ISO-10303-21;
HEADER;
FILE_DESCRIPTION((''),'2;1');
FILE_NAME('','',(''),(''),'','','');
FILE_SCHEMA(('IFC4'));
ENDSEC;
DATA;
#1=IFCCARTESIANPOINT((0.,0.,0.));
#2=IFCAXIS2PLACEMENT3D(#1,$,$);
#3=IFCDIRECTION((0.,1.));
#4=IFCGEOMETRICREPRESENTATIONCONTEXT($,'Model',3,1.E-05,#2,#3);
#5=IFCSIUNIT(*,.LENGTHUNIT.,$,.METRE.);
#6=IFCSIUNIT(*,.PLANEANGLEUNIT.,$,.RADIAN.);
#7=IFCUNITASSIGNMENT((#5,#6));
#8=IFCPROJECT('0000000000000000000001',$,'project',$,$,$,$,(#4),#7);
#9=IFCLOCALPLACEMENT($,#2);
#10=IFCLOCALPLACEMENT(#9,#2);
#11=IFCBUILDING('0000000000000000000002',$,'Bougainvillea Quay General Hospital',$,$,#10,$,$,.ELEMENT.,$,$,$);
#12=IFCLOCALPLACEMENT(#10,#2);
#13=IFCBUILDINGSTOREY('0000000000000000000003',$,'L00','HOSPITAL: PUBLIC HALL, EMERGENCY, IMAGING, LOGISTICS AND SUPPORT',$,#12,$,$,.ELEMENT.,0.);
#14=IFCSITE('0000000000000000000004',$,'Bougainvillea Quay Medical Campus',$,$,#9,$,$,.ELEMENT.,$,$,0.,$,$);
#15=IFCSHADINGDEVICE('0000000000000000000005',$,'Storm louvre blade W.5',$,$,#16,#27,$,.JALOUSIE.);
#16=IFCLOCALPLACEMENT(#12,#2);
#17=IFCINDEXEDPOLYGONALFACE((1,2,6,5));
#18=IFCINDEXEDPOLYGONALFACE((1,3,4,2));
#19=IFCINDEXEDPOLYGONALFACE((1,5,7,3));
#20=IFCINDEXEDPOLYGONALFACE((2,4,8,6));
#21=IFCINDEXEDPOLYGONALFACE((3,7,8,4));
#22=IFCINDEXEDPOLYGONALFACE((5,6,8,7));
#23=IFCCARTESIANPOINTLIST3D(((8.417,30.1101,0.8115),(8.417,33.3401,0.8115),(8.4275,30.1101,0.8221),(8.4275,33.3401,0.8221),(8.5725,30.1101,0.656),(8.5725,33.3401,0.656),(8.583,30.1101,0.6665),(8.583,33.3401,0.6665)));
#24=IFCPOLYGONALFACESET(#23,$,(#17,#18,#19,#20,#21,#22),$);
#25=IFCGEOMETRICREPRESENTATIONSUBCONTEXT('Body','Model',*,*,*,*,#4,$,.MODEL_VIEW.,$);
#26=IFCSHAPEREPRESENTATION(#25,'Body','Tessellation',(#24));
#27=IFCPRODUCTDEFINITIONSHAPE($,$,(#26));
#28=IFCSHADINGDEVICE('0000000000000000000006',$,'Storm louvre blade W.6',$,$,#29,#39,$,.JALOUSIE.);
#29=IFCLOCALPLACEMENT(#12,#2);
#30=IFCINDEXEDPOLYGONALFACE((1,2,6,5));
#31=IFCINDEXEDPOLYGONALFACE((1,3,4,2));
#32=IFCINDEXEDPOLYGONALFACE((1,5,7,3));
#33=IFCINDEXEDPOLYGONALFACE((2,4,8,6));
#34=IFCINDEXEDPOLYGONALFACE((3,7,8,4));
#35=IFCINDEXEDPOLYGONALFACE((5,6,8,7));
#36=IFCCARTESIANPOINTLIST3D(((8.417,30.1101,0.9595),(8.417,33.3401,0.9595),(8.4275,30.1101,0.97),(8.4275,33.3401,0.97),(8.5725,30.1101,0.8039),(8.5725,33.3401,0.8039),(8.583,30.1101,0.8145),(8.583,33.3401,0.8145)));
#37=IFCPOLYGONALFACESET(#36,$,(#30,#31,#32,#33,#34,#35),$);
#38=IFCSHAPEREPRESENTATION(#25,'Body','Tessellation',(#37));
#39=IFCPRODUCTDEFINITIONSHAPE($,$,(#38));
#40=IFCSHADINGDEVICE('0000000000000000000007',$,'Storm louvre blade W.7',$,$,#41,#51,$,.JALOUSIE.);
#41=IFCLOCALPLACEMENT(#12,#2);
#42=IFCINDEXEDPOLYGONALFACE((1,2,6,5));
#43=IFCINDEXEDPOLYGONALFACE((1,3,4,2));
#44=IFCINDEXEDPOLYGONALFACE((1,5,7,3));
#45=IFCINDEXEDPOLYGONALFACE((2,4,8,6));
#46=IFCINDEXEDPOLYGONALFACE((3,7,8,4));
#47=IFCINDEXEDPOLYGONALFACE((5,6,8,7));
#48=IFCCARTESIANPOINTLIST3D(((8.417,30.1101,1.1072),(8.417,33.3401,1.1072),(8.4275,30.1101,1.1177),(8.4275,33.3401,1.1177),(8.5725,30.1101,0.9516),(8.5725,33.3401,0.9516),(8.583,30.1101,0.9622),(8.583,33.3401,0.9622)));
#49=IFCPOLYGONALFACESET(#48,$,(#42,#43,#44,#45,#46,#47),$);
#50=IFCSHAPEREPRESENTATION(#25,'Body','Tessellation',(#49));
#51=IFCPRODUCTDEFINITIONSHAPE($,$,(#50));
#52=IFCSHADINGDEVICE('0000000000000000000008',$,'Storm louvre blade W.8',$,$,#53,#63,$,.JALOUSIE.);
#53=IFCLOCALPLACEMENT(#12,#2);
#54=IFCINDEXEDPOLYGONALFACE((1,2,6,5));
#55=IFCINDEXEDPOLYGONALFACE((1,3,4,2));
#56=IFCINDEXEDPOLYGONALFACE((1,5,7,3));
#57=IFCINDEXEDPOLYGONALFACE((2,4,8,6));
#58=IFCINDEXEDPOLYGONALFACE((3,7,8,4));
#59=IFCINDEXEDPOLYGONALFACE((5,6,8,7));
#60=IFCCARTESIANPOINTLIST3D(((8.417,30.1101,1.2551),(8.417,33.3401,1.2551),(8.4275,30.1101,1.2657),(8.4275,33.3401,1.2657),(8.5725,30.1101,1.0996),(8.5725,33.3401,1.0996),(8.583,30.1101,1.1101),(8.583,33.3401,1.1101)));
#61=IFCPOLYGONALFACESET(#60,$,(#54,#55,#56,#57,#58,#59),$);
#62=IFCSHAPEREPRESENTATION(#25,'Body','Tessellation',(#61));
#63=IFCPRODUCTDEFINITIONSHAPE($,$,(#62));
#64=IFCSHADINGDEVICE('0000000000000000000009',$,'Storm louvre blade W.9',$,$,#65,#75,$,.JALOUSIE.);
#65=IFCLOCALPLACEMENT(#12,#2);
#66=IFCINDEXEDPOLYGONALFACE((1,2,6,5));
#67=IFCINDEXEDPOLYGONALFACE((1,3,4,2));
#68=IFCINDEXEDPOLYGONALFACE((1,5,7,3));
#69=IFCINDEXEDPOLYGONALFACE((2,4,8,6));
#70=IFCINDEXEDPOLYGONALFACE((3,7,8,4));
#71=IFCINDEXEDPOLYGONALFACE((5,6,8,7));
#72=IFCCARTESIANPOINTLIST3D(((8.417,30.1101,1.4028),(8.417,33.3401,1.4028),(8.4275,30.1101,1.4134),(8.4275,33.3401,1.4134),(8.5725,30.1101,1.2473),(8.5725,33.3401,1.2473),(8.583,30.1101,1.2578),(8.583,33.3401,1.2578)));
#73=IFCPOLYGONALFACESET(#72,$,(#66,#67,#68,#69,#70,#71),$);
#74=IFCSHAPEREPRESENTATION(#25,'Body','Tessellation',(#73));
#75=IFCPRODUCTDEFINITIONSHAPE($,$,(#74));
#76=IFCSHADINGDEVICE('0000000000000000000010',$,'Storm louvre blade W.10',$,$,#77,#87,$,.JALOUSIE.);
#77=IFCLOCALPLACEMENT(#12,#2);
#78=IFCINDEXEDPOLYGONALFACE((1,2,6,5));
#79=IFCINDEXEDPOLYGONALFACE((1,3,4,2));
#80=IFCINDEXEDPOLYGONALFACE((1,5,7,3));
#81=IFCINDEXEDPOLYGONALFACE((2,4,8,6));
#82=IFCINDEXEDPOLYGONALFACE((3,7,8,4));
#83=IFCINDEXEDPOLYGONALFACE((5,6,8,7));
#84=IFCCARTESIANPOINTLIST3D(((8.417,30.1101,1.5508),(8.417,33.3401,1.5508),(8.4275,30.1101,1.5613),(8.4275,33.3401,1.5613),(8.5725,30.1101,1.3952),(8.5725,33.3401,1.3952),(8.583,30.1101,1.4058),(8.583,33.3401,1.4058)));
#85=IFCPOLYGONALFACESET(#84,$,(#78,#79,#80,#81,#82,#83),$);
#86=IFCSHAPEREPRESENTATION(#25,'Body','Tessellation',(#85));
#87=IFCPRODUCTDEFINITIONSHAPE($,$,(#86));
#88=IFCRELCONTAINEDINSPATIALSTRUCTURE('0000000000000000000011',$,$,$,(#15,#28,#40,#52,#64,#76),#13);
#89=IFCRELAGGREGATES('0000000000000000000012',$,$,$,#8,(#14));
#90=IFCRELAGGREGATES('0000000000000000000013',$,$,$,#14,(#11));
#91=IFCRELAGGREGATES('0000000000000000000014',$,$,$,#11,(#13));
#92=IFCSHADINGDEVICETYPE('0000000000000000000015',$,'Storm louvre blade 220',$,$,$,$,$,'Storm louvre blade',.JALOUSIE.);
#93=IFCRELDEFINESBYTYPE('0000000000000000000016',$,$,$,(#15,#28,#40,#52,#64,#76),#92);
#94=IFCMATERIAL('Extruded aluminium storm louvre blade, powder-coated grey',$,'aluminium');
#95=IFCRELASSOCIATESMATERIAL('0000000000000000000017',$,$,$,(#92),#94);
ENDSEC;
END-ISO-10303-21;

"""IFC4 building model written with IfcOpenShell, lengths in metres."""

from ifc_helpers import new_model, si_unit, direction, frame, origin, origin_2d, place, context, subcontext, project, spatial, rectangle, extrude, material, material_profile, profile_set, type_object, element, save


model = new_model("IFC4")

# Units and contexts
model_context = context("Model", 3, precision=1e-05, world=origin(), true_north=direction((0.0, 1.0)))
body_context = subcontext(model_context, "Body", "Model", "MODEL_VIEW")
ifc_project = project(units=[si_unit("LENGTHUNIT", "METRE"), si_unit("PLANEANGLEUNIT", "RADIAN")], contexts=[model_context])

# Site, building, storey
site_placement = place(None, origin())
site = spatial("IfcSite", under=ifc_project, at=site_placement, Name="Bougainvillea Quay Medical Campus", CompositionType="ELEMENT", RefElevation=0.0)
building_placement = place(site_placement, origin())
building = spatial("IfcBuilding", under=site, at=building_placement, Name="Bougainvillea Quay General Hospital", CompositionType="ELEMENT")
storey_placement = place(building_placement, origin())
storey = spatial("IfcBuildingStorey", under=building, at=storey_placement, Name="L00", Description="HOSPITAL: PUBLIC HALL, EMERGENCY, IMAGING, LOGISTICS AND SUPPORT", CompositionType="ELEMENT", Elevation=0.0)

# Shading devices
ifc_material_1 = material(Name="Extruded aluminium storm louvre blade, powder-coated grey", Category="aluminium")
ifc_material_profile_1 = material_profile(ifc_material_1, rectangle(XDim=0.22, YDim=0.0149, at=origin_2d()))
ifc_profile_set_1 = profile_set([ifc_material_profile_1], Name="Extruded aluminium storm louvre blade, powder-coated grey")
shading_device_type_1 = type_object("IfcShadingDeviceType", Name="Storm louvre blade 220", ElementType="Storm louvre blade", PredefinedType="JALOUSIE", material=ifc_profile_set_1)
for number, where, z_axis, x_axis, name in (
    (1, (8.5, 30.1101, 0.739), (0.0, 1.0, 0.0), (-0.707107, 0.0, 0.707107), "Storm louvre blade W.5"),
    (2, (8.5, 30.1101, 0.887), (0.0, 1.0, 0.0), (-0.707107, 0.0, 0.707107), "Storm louvre blade W.6"),
    (3, (8.5, 30.1101, 1.0347), (0.0, 1.0, 0.0), (-0.707107, 0.0, 0.707107), "Storm louvre blade W.7"),
    (4, (8.5, 30.1101, 1.1826), (0.0, 1.0, 0.0), (-0.707107, 0.0, 0.707107), "Storm louvre blade W.8"),
    (5, (8.5, 30.1101, 1.3303), (0.0, 1.0, 0.0), (-0.707107, 0.0, 0.707107), "Storm louvre blade W.9"),
    (6, (8.5, 30.1101, 1.4783), (0.0, 1.0, 0.0), (-0.707107, 0.0, 0.707107), "Storm louvre blade W.10"),
):
    element("IfcShadingDevice", number, at=place(storey_placement, frame(where, z_axis=z_axis, x_axis=x_axis)), inside=storey, type_object=shading_device_type_1, Name=name, PredefinedType="JALOUSIE", context=body_context, shape_type="SweptSolid", body=[
        extrude(rectangle(XDim=0.22, YDim=0.0149, at=origin_2d()), origin(), (0.0, 0.0, 1.0), 3.23),
    ])

save(model, "model.ifc")
